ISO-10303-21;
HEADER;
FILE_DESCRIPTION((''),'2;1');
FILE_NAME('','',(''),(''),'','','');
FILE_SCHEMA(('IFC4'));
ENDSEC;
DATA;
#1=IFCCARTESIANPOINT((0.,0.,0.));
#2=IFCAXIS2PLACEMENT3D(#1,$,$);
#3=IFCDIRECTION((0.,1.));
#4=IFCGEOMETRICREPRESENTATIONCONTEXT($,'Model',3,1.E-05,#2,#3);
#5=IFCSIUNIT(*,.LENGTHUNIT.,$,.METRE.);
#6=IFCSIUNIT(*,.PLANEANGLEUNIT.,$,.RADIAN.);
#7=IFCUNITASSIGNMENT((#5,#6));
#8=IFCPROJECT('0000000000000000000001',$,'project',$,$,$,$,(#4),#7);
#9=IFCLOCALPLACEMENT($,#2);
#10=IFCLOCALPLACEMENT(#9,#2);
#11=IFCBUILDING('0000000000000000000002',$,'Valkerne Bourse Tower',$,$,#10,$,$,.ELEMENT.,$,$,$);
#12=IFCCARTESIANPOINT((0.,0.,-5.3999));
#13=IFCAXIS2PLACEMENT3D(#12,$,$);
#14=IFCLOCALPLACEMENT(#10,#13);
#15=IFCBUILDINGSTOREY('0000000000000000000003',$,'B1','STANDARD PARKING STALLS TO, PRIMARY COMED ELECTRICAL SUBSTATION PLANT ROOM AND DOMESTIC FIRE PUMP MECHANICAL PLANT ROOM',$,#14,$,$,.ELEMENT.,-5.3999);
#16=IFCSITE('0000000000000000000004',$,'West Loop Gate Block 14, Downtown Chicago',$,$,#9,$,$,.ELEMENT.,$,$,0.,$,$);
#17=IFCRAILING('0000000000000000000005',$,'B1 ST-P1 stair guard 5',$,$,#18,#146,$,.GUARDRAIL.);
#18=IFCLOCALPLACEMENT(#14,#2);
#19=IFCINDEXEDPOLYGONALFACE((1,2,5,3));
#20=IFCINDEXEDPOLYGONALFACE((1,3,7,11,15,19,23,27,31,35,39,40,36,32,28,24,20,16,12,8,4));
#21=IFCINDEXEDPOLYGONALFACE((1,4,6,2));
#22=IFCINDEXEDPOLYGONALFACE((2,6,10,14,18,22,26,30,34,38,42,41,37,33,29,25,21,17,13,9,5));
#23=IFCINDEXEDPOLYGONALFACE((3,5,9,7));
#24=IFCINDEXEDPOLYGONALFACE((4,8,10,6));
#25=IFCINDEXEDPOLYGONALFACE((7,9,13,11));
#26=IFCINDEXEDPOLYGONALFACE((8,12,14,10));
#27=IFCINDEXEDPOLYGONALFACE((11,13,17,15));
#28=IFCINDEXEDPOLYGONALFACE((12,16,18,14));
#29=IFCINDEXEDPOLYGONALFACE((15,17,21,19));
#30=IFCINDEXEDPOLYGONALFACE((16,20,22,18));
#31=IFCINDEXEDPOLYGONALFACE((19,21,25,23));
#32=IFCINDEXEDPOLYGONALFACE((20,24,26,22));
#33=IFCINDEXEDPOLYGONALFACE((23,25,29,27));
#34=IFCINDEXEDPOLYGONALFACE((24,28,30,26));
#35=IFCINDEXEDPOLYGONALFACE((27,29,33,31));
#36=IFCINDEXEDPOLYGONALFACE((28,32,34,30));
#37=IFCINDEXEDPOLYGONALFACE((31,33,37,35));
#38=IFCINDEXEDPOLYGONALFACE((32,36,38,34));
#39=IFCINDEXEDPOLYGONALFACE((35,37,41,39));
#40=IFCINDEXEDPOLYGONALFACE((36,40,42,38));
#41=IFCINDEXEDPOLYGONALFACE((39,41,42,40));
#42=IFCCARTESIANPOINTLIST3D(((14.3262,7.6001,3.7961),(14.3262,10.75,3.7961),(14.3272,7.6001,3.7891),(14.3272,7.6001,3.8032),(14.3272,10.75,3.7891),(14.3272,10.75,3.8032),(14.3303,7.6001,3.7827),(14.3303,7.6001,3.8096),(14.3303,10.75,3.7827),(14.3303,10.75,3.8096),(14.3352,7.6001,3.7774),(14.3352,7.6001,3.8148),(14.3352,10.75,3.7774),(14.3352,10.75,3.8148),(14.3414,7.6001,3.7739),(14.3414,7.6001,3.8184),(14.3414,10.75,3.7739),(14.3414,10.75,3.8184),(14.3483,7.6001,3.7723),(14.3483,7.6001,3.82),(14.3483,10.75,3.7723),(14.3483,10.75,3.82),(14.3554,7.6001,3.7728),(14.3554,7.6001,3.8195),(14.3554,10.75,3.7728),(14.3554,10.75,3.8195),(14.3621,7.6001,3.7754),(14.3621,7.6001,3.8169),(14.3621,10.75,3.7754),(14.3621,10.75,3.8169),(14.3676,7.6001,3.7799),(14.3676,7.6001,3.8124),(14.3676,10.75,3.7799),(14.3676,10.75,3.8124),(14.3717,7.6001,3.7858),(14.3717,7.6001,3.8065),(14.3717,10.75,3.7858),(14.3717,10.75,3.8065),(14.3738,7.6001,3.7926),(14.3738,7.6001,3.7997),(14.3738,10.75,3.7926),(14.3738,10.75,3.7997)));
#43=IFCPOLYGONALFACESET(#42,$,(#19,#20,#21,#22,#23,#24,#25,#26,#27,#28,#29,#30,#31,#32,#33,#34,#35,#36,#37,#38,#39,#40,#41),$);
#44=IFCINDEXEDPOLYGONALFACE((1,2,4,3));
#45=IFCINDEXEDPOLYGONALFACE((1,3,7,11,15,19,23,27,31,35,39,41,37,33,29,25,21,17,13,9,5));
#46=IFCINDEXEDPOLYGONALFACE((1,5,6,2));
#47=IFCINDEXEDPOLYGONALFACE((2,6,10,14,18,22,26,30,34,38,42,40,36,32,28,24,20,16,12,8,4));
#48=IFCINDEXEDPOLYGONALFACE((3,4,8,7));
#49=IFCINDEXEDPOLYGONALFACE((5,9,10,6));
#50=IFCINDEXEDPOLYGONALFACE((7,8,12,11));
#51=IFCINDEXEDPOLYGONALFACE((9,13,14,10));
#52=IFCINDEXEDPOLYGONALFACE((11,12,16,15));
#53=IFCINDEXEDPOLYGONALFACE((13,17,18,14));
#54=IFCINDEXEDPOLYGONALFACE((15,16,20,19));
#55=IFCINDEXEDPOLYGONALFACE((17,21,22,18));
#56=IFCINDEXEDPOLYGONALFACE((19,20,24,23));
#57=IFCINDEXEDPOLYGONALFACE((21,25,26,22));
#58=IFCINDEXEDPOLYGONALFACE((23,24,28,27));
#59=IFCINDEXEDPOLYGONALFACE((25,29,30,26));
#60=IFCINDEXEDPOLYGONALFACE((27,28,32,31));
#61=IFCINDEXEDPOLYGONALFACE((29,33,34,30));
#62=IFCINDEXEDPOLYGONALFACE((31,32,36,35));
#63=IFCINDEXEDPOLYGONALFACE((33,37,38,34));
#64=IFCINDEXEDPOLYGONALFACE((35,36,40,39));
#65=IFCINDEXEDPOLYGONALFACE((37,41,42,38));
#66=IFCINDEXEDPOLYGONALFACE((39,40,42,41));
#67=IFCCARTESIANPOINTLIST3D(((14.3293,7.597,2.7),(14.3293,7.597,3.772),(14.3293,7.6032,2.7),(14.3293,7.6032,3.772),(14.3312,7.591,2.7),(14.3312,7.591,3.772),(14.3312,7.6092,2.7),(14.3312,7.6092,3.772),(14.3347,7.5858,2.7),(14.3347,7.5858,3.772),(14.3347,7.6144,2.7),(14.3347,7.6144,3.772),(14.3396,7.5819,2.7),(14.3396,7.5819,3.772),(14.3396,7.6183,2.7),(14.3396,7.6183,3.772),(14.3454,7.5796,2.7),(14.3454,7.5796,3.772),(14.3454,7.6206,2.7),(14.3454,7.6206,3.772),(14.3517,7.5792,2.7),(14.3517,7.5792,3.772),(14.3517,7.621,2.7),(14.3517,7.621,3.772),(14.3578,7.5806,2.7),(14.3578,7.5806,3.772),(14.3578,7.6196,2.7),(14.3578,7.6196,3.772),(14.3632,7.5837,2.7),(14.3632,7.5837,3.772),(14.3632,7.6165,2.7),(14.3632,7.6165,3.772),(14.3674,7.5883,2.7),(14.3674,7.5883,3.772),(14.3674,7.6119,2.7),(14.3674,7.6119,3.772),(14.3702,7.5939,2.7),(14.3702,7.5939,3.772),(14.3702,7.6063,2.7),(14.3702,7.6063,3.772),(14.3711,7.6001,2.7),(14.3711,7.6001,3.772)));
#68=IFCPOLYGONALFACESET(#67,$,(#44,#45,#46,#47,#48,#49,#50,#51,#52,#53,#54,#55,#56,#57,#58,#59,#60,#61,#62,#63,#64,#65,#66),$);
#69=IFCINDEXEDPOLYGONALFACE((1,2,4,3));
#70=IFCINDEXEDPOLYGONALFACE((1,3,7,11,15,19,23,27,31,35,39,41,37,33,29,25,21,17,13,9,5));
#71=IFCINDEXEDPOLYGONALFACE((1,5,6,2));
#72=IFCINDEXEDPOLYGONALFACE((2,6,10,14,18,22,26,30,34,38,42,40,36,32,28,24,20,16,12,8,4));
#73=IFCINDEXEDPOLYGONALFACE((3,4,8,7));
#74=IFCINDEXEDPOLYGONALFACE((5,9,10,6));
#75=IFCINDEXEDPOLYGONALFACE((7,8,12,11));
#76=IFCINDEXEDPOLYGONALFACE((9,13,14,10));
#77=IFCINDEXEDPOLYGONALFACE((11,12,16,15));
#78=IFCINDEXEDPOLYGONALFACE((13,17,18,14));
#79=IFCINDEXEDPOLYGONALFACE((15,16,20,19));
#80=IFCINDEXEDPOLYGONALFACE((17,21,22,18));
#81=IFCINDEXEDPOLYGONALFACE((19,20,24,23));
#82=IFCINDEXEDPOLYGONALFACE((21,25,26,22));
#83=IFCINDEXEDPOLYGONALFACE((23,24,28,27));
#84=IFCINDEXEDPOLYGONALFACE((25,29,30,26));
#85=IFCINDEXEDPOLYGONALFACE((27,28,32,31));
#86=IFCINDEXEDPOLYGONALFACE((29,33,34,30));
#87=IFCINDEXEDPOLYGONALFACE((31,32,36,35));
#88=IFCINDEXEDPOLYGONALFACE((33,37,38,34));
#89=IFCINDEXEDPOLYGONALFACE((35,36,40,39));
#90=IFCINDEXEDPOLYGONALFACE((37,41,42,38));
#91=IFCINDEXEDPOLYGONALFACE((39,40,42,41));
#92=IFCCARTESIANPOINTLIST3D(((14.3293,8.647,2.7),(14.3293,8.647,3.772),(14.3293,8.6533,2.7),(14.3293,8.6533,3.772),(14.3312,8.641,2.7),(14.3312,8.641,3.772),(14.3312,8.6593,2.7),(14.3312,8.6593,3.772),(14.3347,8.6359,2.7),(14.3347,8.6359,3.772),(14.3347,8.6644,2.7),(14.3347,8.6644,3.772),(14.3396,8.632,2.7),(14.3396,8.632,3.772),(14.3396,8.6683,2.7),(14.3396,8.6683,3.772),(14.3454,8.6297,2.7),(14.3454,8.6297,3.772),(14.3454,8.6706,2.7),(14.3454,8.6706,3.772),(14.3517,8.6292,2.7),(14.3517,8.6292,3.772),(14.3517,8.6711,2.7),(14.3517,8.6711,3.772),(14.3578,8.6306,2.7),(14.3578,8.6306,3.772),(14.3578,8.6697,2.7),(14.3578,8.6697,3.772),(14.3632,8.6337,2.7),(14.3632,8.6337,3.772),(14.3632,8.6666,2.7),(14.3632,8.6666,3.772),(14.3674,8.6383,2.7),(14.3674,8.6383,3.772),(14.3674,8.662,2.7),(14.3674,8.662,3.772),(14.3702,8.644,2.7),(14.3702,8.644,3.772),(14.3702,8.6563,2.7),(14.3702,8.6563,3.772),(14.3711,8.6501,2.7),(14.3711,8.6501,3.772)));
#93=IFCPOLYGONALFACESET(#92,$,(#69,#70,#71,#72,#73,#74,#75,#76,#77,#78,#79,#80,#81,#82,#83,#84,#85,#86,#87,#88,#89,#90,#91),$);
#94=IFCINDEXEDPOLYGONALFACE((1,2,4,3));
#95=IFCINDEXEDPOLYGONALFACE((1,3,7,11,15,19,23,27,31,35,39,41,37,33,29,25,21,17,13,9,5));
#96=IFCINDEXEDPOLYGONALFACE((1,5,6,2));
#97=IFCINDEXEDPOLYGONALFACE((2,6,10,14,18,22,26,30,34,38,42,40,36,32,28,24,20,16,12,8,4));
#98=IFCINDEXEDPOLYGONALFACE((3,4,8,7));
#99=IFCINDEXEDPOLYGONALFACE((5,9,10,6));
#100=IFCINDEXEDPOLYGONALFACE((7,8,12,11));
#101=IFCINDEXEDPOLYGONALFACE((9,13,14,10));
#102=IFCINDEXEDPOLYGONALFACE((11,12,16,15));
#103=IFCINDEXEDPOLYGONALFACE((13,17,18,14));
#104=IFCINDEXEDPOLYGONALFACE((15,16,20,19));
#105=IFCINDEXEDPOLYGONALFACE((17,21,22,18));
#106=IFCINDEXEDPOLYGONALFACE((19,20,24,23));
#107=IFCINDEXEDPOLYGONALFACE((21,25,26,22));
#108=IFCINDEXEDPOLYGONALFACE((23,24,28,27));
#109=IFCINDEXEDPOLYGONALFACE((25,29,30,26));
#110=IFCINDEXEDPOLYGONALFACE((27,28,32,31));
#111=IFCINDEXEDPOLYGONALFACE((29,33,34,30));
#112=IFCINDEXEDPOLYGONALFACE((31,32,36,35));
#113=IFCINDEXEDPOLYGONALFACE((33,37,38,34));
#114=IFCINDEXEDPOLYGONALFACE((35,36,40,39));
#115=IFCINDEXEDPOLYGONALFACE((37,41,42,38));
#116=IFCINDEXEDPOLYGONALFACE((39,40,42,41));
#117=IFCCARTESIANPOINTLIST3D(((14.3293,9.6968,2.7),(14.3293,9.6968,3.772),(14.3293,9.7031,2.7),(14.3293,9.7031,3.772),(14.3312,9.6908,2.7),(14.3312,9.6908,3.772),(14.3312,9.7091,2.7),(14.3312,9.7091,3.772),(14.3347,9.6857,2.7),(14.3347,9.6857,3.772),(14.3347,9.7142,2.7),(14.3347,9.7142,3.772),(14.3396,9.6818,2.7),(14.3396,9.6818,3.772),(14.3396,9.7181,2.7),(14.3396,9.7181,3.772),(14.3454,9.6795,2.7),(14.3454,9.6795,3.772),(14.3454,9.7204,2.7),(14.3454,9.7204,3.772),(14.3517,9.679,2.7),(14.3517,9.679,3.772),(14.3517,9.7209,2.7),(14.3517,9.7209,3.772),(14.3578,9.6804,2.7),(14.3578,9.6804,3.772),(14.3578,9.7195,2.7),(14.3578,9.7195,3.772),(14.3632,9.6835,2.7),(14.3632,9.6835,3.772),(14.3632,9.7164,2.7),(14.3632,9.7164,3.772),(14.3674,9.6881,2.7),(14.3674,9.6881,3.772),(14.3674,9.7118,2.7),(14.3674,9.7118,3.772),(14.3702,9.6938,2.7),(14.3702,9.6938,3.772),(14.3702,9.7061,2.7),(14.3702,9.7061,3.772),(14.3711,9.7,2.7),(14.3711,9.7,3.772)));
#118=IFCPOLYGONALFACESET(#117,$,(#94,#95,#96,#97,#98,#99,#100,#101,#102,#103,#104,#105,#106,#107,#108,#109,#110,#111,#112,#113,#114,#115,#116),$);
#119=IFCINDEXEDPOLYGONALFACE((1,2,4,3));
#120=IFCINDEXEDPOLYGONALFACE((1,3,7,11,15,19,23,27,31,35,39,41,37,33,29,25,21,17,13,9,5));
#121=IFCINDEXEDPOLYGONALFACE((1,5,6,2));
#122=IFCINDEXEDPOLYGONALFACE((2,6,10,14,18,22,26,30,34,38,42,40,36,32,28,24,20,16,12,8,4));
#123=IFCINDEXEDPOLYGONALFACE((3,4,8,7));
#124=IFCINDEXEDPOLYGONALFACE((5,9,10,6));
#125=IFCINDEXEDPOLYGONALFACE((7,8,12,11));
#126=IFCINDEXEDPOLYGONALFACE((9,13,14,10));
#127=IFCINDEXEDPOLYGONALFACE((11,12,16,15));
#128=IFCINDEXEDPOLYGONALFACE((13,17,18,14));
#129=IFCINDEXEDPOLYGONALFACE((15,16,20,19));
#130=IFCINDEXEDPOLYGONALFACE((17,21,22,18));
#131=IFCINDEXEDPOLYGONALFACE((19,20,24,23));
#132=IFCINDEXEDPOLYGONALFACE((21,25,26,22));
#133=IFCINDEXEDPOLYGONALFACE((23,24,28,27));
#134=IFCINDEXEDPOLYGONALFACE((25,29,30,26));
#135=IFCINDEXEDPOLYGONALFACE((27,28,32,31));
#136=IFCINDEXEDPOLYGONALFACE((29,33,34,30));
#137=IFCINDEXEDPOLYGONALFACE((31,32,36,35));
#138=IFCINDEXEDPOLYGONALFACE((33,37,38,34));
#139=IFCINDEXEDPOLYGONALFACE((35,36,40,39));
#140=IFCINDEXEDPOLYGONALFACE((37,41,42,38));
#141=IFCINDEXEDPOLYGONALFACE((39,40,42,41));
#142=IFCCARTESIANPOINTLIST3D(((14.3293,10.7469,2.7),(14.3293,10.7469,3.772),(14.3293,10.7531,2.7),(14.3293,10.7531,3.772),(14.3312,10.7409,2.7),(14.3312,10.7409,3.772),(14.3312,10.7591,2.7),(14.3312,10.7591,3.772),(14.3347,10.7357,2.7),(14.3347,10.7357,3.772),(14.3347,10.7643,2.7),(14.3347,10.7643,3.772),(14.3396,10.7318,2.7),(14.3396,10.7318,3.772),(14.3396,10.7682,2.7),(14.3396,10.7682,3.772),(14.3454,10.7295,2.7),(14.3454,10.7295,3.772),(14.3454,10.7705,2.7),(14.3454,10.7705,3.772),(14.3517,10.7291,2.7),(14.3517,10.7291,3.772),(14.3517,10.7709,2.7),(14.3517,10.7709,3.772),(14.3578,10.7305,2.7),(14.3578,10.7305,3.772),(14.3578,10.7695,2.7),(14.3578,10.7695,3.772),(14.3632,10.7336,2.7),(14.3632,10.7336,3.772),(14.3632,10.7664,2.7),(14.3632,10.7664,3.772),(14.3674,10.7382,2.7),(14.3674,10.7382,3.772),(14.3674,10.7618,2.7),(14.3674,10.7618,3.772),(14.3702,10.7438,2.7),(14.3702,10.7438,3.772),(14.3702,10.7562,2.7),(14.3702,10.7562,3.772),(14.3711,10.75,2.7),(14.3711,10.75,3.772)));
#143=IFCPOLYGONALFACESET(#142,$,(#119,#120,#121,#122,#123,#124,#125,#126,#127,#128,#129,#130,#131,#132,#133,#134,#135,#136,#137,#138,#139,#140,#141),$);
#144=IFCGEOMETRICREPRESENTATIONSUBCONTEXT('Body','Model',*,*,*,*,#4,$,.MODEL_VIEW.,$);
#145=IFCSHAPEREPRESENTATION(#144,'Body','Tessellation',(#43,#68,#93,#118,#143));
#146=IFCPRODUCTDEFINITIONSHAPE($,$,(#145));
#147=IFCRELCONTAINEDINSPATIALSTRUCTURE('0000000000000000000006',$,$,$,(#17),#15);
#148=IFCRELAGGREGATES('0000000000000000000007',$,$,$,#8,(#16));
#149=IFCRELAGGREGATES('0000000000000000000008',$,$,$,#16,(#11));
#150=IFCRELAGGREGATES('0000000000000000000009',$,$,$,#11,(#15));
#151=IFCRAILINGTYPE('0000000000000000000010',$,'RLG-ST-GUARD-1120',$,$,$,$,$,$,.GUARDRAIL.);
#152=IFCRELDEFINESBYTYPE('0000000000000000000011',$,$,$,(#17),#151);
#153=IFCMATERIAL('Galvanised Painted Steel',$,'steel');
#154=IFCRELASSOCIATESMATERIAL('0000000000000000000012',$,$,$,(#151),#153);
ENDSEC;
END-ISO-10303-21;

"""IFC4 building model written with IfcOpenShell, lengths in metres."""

from ifc_helpers import new_model, si_unit, direction, frame, origin, origin_2d, place, context, subcontext, project, spatial, circle, extrude, material, type_object, element, save


model = new_model("IFC4")

# Units and contexts
model_context = context("Model", 3, precision=1e-05, world=origin(), true_north=direction((0.0, 1.0)))
body_context = subcontext(model_context, "Body", "Model", "MODEL_VIEW")
ifc_project = project(units=[si_unit("LENGTHUNIT", "METRE"), si_unit("PLANEANGLEUNIT", "RADIAN")], contexts=[model_context])

# Site, building, storey
site_placement = place(None, origin())
site = spatial("IfcSite", under=ifc_project, at=site_placement, Name="West Loop Gate Block 14, Downtown Chicago", CompositionType="ELEMENT", RefElevation=0.0)
building_placement = place(site_placement, origin())
building = spatial("IfcBuilding", under=site, at=building_placement, Name="Valkerne Bourse Tower", CompositionType="ELEMENT")
storey_placement = place(building_placement, frame((0.0, 0.0, -5.3999)))
storey = spatial("IfcBuildingStorey", under=building, at=storey_placement, Name="B1", Description="STANDARD PARKING STALLS TO, PRIMARY COMED ELECTRICAL SUBSTATION PLANT ROOM AND DOMESTIC FIRE PUMP MECHANICAL PLANT ROOM", CompositionType="ELEMENT", Elevation=-5.3999)

# Shared definitions
ifc_material_1 = material(Name="Galvanised Painted Steel", Category="steel")

# Railing
railing_type_1 = type_object("IfcRailingType", Name="RLG-ST-GUARD-1120", PredefinedType="GUARDRAIL", material=ifc_material_1)
railing_1_placement = place(storey_placement, frame((14.3501, 7.6001, 2.7)))
element("IfcRailing", 1, at=railing_1_placement, inside=storey, type_object=railing_type_1, Name="B1 ST-P1 stair guard 5", PredefinedType="GUARDRAIL", context=body_context, shape_type="SweptSolid", body=[
    extrude(circle(Radius=0.0239, at=origin_2d()), frame((0.0, 0.0, 1.0962), z_axis=(0.0, 1.0, 0.0), x_axis=(-1.0, 0.0, 0.0)), (0.0, 0.0, 1.0), 3.1499),
    extrude(circle(Radius=0.021, at=origin_2d()), origin(), (0.0, 0.0, 1.0), 1.072),
    extrude(circle(Radius=0.021, at=origin_2d()), frame((0.0, 1.05, 0.0)), (0.0, 0.0, 1.0), 1.072),
    extrude(circle(Radius=0.021, at=origin_2d()), frame((0.0, 2.0999, 0.0)), (0.0, 0.0, 1.0), 1.072),
    extrude(circle(Radius=0.021, at=origin_2d()), frame((0.0, 3.1499, 0.0)), (0.0, 0.0, 1.0), 1.072),
])

save(model, "model.ifc")
